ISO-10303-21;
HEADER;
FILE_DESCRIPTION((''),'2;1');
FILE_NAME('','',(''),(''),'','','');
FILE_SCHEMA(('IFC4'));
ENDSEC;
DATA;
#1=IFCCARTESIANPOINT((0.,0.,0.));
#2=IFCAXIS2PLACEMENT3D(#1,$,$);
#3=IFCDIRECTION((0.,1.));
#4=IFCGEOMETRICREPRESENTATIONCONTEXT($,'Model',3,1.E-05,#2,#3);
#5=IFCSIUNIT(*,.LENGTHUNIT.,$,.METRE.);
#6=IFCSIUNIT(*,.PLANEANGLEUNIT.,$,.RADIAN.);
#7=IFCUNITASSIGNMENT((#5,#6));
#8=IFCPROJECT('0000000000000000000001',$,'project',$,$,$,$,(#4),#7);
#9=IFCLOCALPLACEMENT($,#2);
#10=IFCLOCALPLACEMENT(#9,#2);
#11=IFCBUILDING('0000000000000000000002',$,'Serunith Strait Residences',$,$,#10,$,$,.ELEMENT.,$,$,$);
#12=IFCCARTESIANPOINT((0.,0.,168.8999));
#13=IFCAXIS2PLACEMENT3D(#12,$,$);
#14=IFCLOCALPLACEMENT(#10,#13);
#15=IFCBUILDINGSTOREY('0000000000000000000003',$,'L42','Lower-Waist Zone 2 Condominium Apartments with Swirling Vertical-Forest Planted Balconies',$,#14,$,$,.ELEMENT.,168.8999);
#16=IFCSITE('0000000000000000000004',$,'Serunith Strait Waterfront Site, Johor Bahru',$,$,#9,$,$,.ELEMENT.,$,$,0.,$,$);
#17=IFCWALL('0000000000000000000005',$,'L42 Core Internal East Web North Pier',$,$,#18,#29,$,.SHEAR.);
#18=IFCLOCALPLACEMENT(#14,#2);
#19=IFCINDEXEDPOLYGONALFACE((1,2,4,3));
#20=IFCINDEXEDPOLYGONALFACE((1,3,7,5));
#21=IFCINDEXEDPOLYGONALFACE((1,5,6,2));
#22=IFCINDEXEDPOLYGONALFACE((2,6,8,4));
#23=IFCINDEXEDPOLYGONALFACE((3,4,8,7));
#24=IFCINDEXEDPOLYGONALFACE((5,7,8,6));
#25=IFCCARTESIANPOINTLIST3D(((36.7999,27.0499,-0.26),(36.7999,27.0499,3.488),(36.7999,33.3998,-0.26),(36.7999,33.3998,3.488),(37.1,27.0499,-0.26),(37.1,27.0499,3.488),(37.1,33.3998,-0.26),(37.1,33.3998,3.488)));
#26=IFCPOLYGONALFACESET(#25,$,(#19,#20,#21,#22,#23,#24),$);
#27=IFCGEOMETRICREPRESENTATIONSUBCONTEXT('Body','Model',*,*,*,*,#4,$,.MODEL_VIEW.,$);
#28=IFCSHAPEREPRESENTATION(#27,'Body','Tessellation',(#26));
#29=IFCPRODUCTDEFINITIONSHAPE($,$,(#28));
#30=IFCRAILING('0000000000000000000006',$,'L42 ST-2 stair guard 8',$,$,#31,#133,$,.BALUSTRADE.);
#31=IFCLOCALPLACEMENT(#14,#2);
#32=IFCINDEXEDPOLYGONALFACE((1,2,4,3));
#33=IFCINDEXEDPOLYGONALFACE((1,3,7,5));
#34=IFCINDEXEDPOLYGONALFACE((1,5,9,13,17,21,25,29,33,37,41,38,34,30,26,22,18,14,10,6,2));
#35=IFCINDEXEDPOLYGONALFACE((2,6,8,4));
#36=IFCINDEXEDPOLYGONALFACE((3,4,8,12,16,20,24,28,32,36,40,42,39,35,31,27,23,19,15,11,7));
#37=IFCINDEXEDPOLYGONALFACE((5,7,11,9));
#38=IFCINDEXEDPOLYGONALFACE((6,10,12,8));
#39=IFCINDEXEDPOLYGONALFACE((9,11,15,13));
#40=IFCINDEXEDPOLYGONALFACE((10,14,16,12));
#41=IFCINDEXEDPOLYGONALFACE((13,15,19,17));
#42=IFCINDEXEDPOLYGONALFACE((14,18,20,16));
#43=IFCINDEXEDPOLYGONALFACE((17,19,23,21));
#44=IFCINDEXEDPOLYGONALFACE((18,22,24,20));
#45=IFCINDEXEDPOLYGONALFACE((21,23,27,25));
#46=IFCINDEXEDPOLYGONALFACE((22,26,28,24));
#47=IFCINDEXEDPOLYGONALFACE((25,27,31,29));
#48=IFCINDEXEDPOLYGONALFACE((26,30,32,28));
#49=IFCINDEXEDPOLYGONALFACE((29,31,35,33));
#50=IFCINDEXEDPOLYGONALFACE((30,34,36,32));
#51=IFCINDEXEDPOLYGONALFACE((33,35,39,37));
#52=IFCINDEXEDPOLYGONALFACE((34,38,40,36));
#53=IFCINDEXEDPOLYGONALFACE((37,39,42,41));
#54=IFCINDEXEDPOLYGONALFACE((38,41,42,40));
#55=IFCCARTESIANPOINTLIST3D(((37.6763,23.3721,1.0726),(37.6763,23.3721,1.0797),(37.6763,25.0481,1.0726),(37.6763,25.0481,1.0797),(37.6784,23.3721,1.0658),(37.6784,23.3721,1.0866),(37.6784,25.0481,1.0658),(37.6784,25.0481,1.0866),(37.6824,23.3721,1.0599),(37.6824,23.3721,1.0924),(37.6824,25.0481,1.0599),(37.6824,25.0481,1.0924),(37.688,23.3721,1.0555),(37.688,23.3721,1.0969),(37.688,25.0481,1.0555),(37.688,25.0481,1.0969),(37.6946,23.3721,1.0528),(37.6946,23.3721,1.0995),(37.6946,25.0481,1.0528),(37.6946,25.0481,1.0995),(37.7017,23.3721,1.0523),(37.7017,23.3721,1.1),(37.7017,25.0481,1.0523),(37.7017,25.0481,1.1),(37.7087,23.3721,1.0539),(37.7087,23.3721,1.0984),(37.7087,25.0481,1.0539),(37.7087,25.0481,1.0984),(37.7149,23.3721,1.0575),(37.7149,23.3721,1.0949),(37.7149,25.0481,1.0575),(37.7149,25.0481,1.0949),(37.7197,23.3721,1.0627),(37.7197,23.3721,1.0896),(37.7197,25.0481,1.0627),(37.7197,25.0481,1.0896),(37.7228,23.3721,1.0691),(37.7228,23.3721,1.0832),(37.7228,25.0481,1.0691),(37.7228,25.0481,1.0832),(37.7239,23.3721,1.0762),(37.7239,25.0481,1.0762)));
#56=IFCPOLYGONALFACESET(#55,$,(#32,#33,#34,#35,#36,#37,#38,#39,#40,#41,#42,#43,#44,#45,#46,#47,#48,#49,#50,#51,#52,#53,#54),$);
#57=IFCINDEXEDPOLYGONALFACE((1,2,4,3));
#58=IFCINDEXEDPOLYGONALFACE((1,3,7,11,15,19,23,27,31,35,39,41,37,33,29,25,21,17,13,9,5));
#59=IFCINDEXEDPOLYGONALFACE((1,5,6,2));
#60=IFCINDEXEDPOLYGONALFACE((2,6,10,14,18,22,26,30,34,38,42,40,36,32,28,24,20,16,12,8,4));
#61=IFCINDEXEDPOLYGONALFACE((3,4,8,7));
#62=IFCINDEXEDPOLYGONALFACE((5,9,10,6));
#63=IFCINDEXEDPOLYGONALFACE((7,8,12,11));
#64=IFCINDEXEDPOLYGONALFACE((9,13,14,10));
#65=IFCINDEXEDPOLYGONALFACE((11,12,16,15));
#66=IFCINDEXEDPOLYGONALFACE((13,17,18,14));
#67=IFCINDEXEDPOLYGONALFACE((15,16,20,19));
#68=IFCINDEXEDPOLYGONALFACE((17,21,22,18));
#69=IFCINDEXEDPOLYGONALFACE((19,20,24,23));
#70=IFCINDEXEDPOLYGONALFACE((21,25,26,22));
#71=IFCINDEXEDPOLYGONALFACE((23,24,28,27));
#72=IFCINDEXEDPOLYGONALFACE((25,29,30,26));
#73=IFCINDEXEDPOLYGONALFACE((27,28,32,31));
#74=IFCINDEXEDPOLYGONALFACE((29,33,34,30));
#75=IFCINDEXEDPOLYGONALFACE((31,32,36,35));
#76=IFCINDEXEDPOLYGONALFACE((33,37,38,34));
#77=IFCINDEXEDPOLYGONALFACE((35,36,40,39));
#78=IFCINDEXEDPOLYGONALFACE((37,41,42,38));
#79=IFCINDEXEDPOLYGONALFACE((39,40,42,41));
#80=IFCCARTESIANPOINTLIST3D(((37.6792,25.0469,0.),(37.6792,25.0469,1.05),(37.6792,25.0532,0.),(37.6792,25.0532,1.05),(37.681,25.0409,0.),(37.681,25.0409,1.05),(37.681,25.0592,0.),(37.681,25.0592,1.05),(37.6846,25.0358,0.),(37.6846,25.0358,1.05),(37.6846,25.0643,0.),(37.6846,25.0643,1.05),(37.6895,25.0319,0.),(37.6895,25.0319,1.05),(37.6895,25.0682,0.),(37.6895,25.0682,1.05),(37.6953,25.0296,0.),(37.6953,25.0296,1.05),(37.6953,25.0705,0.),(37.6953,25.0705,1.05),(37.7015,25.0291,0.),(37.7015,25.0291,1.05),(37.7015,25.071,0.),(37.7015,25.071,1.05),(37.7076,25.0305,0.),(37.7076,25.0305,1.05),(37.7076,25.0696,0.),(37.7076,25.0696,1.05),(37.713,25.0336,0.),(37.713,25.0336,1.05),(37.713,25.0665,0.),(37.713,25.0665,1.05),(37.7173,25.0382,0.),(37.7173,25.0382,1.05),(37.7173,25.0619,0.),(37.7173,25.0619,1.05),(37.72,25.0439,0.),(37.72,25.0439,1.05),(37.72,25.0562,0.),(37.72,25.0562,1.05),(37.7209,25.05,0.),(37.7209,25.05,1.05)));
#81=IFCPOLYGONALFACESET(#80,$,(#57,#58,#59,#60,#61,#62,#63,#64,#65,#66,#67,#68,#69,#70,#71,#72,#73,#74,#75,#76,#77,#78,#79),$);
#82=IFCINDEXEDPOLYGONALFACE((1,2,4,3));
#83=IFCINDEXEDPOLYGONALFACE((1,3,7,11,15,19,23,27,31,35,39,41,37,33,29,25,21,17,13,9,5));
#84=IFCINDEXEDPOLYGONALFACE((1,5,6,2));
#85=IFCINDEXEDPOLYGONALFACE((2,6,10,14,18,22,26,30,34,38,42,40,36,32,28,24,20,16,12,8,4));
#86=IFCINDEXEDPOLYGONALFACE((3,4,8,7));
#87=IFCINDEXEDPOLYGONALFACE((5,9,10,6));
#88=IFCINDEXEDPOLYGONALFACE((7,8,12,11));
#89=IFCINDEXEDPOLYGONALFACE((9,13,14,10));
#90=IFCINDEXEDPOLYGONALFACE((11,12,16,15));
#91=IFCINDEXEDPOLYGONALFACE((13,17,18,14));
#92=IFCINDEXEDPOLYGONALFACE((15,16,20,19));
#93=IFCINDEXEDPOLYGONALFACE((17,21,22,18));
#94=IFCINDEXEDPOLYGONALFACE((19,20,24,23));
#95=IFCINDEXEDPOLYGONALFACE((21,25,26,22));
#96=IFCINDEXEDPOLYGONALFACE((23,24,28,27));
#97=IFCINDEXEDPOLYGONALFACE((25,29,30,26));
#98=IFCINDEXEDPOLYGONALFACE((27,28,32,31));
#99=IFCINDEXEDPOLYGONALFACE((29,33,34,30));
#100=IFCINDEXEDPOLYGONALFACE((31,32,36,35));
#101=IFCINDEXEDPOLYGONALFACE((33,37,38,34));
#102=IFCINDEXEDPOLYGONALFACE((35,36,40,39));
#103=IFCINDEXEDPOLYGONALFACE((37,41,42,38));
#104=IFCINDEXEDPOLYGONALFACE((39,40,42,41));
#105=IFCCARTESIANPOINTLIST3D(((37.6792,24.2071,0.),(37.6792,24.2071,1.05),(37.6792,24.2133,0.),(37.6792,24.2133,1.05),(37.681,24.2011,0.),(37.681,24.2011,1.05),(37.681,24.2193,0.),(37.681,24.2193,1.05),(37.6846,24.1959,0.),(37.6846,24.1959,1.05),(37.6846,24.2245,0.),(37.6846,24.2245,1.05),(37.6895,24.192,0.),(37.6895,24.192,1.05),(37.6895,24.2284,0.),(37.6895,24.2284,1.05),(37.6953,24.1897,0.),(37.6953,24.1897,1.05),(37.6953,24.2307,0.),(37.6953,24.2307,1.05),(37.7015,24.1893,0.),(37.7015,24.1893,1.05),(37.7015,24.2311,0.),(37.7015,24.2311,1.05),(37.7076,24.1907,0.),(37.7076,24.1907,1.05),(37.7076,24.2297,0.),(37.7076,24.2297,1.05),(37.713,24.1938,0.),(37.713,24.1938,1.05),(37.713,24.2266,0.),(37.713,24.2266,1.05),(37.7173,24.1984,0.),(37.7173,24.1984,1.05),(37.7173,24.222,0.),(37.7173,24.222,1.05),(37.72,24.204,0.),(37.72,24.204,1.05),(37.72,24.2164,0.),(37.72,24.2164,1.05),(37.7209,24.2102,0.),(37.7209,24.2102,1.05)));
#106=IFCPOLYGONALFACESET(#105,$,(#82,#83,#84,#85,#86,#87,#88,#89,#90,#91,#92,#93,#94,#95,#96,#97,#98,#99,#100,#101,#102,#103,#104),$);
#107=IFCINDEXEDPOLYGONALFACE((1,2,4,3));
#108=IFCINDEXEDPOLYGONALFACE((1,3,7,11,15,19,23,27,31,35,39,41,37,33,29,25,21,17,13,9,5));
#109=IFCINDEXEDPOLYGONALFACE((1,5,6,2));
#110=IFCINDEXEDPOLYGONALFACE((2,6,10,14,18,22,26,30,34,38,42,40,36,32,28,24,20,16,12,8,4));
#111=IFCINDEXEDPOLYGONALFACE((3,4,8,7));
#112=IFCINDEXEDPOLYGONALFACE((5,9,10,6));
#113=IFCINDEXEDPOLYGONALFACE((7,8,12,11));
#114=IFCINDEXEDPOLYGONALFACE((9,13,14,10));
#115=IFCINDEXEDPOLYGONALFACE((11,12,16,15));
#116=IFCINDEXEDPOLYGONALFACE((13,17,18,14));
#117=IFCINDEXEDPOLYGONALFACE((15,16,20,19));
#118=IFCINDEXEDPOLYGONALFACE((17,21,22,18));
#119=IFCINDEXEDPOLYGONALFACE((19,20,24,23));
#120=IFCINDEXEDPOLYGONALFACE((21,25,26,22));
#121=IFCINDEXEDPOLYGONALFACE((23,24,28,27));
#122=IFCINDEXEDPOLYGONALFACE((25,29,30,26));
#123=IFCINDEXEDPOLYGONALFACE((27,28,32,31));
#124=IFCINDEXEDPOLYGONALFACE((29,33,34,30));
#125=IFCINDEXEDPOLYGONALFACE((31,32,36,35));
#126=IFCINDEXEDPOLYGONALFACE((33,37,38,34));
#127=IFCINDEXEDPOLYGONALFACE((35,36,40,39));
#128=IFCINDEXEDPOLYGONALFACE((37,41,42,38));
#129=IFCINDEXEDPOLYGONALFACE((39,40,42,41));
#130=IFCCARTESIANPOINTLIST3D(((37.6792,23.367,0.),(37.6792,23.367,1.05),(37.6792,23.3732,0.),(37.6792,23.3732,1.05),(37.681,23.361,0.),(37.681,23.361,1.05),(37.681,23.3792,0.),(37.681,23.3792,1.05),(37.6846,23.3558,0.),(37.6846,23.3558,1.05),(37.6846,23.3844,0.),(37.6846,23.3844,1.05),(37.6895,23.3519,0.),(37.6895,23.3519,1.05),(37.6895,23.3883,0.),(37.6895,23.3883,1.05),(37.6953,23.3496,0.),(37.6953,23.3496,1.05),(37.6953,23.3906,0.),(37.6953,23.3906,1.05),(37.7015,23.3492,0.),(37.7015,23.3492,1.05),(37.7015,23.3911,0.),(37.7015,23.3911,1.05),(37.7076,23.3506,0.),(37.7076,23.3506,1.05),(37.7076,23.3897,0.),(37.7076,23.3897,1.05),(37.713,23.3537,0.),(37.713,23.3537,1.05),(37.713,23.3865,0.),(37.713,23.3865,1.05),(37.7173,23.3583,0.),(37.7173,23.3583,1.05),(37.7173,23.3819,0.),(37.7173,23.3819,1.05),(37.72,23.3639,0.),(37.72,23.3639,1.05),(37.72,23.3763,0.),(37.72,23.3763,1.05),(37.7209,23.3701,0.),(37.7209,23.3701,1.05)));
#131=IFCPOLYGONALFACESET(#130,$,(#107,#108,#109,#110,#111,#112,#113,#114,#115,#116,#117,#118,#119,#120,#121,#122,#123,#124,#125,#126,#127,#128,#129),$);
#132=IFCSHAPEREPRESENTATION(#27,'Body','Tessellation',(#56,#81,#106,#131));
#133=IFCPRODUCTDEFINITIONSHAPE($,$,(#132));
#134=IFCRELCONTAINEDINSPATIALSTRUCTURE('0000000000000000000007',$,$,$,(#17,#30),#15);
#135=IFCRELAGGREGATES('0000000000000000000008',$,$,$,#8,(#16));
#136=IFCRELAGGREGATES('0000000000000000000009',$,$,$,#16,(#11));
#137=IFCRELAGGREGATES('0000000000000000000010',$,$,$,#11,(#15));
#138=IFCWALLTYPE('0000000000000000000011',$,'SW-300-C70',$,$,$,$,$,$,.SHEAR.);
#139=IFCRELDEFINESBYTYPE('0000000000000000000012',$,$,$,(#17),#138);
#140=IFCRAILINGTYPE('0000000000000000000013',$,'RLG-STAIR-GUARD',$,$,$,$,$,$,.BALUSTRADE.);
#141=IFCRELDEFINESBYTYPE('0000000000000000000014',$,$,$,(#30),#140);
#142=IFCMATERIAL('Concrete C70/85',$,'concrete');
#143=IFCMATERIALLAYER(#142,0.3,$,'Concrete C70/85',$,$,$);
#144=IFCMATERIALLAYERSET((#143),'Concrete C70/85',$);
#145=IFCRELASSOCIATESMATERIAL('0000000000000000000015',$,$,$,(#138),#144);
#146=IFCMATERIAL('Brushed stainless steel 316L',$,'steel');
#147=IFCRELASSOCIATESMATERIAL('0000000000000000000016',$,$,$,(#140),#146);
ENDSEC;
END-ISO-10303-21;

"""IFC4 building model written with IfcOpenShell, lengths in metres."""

from ifc_helpers import new_model, si_unit, direction, frame, frame_2d, origin, origin_2d, place, context, subcontext, project, spatial, rectangle, circle, extrude, material, layer, layer_set, type_object, element, save


model = new_model("IFC4")

# Units and contexts
model_context = context("Model", 3, precision=1e-05, world=origin(), true_north=direction((0.0, 1.0)))
body_context = subcontext(model_context, "Body", "Model", "MODEL_VIEW")
ifc_project = project(units=[si_unit("LENGTHUNIT", "METRE"), si_unit("PLANEANGLEUNIT", "RADIAN")], contexts=[model_context])

# Site, building, storey
site_placement = place(None, origin())
site = spatial("IfcSite", under=ifc_project, at=site_placement, Name="Serunith Strait Waterfront Site, Johor Bahru", CompositionType="ELEMENT", RefElevation=0.0)
building_placement = place(site_placement, origin())
building = spatial("IfcBuilding", under=site, at=building_placement, Name="Serunith Strait Residences", CompositionType="ELEMENT")
storey_placement = place(building_placement, frame((0.0, 0.0, 168.8999)))
storey = spatial("IfcBuildingStorey", under=building, at=storey_placement, Name="L42", Description="Lower-Waist Zone 2 Condominium Apartments with Swirling Vertical-Forest Planted Balconies", CompositionType="ELEMENT", Elevation=168.8999)

# Wall
ifc_material_1 = material(Name="Concrete C70/85", Category="concrete")
ifc_layer_1 = layer(ifc_material_1, 0.3, Name="Concrete C70/85")
ifc_layer_set_1 = layer_set([ifc_layer_1], Name="Concrete C70/85")
wall_type_1 = type_object("IfcWallType", Name="SW-300-C70", PredefinedType="SHEAR", material=ifc_layer_set_1)
wall_1_placement = place(storey_placement, frame((36.95, 27.05, -0.26), z_axis=(0.0, 0.0, 1.0), x_axis=(0.0, 1.0, 0.0)))
element("IfcWall", 1, at=wall_1_placement, inside=storey, type_object=wall_type_1, Name="L42 Core Internal East Web North Pier", PredefinedType="SHEAR", context=body_context, shape_type="SweptSolid", body=[
    extrude(rectangle(XDim=6.3499, YDim=0.3, at=frame_2d((3.1748, 0.0))), origin(), (0.0, 0.0, 1.0), 3.748),
])

# Railing
ifc_material_2 = material(Name="Brushed stainless steel 316L", Category="steel")
railing_type = type_object("IfcRailingType", Name="RLG-STAIR-GUARD", PredefinedType="BALUSTRADE", material=ifc_material_2)
for number, where, name in (
    (2, (37.7, 25.05, 0.0), "L42 ST-2 stair guard 8"),
):
    element("IfcRailing", number, at=place(storey_placement, frame(where)), inside=storey, type_object=railing_type, Name=name, PredefinedType="BALUSTRADE", context=body_context, shape_type="SweptSolid", body=[
        extrude(circle(Radius=0.0239, at=origin_2d()), frame((0.0, -0.002, 1.0762), z_axis=(0.0, -1.0, 0.0), x_axis=(1.0, 0.0, 0.0)), (0.0, 0.0, 1.0), 1.676),
        extrude(circle(Radius=0.021, at=origin_2d()), origin(), (0.0, 0.0, 1.0), 1.05),
        extrude(circle(Radius=0.021, at=origin_2d()), frame((0.0, -0.8398, 0.0)), (0.0, 0.0, 1.0), 1.05),
        extrude(circle(Radius=0.021, at=origin_2d()), frame((0.0, -1.6799, 0.0)), (0.0, 0.0, 1.0), 1.05),
    ])

save(model, "model.ifc")
